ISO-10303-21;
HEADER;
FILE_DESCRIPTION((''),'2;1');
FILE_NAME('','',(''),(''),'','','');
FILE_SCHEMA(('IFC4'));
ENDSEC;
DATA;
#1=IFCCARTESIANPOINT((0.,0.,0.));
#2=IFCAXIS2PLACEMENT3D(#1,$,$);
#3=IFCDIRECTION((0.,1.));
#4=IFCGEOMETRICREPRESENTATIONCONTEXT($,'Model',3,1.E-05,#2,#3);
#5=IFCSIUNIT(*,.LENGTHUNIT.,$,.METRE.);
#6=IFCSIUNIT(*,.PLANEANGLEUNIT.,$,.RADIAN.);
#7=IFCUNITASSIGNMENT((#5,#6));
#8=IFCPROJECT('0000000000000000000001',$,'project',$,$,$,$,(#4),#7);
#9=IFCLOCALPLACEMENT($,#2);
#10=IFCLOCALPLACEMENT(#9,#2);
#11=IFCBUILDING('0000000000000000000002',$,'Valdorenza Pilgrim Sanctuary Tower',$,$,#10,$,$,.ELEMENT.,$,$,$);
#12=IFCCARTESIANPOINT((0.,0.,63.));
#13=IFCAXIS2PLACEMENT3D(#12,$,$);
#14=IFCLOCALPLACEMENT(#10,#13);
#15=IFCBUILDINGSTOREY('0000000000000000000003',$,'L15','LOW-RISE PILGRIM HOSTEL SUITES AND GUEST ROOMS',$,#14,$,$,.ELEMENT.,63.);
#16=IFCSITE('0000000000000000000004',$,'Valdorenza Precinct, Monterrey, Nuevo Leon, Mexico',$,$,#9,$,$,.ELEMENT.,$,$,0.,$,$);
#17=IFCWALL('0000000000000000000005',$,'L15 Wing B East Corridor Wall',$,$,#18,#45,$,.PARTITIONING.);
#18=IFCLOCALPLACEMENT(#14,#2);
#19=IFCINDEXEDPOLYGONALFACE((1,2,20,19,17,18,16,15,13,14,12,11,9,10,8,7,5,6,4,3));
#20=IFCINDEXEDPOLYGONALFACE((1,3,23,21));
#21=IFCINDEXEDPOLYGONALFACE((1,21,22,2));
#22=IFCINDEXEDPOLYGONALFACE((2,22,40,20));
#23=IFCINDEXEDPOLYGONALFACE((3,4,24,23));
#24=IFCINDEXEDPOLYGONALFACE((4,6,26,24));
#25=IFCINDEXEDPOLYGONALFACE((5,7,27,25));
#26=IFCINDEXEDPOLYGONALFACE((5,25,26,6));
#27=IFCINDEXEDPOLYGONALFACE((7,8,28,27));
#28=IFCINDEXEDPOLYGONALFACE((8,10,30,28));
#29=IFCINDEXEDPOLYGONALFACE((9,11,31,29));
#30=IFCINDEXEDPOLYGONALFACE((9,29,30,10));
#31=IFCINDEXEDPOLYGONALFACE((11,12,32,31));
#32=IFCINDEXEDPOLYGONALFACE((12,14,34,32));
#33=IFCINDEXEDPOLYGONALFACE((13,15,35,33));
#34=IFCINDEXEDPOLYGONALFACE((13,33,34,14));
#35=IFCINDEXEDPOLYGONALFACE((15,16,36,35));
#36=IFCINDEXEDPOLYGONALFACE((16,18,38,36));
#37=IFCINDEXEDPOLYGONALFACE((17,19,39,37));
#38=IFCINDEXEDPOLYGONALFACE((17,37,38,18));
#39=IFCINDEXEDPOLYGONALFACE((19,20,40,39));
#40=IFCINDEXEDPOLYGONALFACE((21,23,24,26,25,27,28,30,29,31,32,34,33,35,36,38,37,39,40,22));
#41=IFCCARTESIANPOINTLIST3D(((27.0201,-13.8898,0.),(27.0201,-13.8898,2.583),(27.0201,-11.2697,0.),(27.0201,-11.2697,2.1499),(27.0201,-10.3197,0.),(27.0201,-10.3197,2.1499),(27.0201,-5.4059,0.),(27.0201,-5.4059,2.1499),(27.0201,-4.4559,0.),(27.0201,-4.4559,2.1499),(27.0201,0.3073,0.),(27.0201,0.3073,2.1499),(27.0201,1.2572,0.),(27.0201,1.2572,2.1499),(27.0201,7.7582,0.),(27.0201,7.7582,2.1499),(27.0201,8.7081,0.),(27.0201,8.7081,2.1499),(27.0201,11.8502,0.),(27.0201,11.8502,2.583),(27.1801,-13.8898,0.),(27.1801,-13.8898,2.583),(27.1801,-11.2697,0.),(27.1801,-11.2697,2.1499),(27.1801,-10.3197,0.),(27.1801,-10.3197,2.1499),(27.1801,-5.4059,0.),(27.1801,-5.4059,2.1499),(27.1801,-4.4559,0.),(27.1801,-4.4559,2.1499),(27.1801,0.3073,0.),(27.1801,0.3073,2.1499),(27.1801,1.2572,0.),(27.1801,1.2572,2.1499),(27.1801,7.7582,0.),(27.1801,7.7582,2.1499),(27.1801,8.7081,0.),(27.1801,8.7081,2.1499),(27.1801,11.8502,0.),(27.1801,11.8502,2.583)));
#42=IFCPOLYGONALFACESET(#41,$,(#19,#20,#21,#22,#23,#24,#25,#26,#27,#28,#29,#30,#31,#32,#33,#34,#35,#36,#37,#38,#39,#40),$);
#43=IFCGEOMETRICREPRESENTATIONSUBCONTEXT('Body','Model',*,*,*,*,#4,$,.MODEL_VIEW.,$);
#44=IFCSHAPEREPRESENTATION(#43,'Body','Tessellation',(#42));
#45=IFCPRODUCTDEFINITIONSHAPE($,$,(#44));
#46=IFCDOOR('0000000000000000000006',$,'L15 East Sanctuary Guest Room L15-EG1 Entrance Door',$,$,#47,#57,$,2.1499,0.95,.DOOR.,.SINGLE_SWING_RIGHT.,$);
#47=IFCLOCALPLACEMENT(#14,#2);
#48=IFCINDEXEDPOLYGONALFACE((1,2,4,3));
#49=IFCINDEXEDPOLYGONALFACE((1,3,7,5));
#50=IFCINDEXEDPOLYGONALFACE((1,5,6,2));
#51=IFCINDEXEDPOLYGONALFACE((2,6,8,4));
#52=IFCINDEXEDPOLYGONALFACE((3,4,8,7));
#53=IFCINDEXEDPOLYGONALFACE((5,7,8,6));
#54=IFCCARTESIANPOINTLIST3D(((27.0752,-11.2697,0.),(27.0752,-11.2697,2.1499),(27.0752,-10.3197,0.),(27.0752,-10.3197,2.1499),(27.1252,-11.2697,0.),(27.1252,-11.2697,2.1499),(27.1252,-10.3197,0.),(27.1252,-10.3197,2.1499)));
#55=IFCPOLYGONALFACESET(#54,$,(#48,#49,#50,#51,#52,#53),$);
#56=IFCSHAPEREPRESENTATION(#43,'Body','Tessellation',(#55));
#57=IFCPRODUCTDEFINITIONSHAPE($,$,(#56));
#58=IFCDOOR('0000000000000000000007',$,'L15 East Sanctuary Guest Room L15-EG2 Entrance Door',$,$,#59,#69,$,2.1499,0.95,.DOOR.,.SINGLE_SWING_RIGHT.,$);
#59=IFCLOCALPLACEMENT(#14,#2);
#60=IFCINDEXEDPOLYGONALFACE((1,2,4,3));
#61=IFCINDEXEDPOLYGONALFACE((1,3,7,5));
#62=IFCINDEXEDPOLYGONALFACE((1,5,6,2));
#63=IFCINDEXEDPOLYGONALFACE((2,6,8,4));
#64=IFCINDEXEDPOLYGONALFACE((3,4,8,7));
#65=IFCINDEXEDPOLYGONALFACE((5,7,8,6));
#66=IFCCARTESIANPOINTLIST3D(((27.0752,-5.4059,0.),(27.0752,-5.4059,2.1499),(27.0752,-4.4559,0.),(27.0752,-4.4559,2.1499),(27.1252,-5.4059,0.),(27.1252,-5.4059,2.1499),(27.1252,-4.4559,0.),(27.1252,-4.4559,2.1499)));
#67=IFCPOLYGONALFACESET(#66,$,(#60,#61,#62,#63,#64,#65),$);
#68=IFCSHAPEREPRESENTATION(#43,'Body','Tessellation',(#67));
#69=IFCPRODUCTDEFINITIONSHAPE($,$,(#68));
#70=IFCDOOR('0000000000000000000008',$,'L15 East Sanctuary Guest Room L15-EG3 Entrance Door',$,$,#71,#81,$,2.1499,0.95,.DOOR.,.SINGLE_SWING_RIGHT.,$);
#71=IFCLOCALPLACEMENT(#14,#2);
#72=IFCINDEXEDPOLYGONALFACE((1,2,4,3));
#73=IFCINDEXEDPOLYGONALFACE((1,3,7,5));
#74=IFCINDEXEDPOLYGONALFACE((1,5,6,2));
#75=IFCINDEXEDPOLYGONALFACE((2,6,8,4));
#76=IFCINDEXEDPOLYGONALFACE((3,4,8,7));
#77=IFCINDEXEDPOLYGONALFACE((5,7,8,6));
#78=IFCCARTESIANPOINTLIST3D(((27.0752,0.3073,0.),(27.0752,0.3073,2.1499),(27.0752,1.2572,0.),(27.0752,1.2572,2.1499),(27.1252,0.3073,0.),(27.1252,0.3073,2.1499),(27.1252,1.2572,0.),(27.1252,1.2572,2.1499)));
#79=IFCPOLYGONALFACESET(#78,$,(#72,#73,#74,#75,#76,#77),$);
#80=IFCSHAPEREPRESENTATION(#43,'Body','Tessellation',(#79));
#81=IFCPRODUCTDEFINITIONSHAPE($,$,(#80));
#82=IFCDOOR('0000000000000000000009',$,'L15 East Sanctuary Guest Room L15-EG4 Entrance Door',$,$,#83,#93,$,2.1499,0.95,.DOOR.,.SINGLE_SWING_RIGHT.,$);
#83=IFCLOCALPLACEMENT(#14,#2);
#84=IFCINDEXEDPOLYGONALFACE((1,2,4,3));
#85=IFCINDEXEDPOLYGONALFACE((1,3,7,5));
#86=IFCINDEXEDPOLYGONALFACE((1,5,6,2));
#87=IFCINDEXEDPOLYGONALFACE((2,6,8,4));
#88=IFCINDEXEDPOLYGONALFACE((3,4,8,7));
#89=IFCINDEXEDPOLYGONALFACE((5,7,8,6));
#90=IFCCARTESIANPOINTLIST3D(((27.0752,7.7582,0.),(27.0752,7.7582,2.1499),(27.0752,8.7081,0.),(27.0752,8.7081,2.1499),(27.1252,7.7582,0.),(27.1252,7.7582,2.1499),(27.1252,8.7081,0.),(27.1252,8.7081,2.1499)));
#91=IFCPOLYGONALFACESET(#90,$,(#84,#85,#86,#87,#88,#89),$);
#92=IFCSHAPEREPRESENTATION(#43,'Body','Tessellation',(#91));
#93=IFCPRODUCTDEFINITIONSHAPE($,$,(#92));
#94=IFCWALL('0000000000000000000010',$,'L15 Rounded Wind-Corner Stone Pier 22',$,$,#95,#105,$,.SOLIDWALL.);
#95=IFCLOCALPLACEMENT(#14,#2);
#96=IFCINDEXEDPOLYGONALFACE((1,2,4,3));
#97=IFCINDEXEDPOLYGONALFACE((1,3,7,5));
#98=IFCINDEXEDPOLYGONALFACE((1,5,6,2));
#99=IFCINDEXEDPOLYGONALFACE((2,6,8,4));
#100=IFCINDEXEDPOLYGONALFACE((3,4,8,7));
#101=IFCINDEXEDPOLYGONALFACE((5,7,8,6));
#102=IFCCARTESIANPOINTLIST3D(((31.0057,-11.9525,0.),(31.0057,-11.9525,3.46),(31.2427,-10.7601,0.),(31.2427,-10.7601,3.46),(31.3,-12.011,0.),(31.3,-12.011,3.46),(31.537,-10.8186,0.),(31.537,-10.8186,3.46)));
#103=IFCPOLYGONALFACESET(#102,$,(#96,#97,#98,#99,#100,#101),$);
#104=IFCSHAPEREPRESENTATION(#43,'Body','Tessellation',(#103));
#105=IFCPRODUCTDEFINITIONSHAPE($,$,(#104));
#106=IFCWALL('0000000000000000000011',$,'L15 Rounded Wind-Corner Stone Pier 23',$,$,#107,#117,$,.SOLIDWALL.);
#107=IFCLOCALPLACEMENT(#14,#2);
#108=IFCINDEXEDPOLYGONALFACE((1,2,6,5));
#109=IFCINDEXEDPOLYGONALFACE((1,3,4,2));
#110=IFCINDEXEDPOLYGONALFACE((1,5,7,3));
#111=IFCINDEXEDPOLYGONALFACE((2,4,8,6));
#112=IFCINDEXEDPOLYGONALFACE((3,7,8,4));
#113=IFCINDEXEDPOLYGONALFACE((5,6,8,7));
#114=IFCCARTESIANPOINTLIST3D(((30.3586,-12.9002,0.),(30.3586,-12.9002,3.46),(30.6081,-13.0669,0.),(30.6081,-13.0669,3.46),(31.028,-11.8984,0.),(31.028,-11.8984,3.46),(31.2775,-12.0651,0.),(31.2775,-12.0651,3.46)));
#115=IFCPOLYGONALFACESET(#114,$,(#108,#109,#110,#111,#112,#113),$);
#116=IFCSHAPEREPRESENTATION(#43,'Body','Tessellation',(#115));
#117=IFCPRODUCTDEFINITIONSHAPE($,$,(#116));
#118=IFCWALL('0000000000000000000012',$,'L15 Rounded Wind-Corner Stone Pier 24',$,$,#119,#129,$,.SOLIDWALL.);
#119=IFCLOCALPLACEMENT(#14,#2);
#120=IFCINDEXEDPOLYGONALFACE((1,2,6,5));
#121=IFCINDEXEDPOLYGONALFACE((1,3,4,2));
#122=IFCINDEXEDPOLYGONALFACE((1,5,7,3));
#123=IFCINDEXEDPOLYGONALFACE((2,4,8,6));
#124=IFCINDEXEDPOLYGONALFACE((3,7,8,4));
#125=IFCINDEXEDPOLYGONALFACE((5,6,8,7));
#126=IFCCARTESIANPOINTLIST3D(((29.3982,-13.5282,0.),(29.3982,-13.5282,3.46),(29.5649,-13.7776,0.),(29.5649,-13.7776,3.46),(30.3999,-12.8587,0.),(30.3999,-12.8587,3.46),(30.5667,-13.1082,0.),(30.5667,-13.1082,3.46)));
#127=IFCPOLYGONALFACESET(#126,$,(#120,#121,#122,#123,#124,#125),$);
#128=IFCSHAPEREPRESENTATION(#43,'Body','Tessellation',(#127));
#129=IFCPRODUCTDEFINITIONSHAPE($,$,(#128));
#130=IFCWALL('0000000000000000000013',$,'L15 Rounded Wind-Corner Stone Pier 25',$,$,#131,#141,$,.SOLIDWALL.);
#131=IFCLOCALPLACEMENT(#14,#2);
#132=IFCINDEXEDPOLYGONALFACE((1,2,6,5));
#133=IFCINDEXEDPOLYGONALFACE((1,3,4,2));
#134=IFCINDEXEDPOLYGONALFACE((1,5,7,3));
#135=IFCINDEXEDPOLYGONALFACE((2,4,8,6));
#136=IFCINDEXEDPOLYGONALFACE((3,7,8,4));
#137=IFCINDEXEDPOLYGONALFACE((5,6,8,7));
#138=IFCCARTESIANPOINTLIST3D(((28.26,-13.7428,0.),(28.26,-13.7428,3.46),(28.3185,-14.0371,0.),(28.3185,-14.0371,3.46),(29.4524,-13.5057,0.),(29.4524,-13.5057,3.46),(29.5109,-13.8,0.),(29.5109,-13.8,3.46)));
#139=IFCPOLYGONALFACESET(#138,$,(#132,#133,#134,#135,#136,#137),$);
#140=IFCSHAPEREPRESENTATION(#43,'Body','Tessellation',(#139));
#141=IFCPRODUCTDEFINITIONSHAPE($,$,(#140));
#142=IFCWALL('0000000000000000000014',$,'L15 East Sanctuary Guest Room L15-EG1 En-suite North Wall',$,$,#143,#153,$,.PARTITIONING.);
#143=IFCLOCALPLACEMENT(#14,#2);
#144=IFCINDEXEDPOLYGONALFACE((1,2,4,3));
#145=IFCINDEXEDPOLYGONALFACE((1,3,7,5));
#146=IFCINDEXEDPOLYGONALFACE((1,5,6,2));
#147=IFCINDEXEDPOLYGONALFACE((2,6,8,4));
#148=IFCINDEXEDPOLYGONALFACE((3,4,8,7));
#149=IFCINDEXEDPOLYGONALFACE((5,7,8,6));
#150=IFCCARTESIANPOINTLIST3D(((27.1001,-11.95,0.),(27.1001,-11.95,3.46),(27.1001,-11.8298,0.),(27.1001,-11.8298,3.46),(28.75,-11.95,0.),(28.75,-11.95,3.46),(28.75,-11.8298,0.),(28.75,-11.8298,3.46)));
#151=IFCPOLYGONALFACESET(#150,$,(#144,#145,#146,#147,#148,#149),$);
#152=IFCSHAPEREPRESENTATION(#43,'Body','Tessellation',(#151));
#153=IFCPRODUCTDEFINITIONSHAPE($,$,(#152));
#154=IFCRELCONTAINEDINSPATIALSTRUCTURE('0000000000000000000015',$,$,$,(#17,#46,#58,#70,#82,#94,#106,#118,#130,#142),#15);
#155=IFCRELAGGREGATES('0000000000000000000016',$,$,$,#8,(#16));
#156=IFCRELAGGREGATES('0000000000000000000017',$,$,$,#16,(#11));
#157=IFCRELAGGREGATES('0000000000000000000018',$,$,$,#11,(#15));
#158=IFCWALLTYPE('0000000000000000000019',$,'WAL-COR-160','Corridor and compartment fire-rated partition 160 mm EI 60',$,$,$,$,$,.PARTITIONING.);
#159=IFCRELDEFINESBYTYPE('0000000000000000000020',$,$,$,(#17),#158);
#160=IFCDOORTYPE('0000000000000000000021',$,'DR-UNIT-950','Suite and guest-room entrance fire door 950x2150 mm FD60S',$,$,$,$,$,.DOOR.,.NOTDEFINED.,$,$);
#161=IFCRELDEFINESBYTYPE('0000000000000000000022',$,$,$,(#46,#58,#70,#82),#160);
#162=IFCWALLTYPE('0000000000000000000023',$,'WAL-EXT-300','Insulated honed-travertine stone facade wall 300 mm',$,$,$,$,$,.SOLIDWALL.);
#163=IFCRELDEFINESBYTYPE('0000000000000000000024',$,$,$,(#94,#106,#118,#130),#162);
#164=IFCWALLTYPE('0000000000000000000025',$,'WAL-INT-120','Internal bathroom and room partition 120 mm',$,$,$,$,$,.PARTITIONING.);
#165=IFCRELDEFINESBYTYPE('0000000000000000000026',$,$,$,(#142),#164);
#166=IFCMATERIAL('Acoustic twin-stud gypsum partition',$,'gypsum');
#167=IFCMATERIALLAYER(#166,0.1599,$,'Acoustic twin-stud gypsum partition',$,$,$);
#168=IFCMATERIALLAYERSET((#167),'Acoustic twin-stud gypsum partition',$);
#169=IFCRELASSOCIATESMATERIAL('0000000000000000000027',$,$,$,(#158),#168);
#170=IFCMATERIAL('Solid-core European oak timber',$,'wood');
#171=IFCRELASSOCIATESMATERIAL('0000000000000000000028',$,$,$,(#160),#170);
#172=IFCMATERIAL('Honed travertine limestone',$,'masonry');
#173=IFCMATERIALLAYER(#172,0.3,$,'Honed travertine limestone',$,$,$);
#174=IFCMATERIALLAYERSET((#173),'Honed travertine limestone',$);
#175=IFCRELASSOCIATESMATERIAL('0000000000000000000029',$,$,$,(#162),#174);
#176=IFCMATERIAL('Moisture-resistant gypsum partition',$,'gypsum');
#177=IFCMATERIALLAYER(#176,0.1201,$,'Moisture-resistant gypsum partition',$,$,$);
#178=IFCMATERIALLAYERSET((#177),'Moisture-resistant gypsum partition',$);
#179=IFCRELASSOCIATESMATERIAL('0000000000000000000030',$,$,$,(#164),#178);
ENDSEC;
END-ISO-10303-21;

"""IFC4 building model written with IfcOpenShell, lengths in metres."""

from ifc_helpers import new_model, si_unit, direction, frame, frame_2d, origin, place, context, subcontext, project, spatial, rectangle, extrude, material, layer, layer_set, type_object, element, fill, save


model = new_model("IFC4")

# Units and contexts
model_context = context("Model", 3, precision=1e-05, world=origin(), true_north=direction((0.0, 1.0)))
body_context = subcontext(model_context, "Body", "Model", "MODEL_VIEW")
ifc_project = project(units=[si_unit("LENGTHUNIT", "METRE"), si_unit("PLANEANGLEUNIT", "RADIAN")], contexts=[model_context])

# Site, building, storey
site_placement = place(None, origin())
site = spatial("IfcSite", under=ifc_project, at=site_placement, Name="Valdorenza Precinct, Monterrey, Nuevo Leon, Mexico", CompositionType="ELEMENT", RefElevation=0.0)
building_placement = place(site_placement, origin())
building = spatial("IfcBuilding", under=site, at=building_placement, Name="Valdorenza Pilgrim Sanctuary Tower", CompositionType="ELEMENT")
storey_placement = place(building_placement, frame((0.0, 0.0, 63.0)))
storey = spatial("IfcBuildingStorey", under=building, at=storey_placement, Name="L15", Description="LOW-RISE PILGRIM HOSTEL SUITES AND GUEST ROOMS", CompositionType="ELEMENT", Elevation=63.0)

# Shared definitions
ifc_material_1 = material(Name="Honed travertine limestone", Category="masonry")

# Shared definitions
ifc_material_2 = material(Name="Acoustic twin-stud gypsum partition", Category="gypsum")
ifc_layer_1 = layer(ifc_material_2, 0.1599, Name="Acoustic twin-stud gypsum partition")
ifc_layer_set_1 = layer_set([ifc_layer_1], Name="Acoustic twin-stud gypsum partition")
wall_type_1 = type_object("IfcWallType", Name="WAL-COR-160", Description="Corridor and compartment fire-rated partition 160 mm EI 60", PredefinedType="PARTITIONING", material=ifc_layer_set_1)
ifc_material_3 = material(Name="Solid-core European oak timber", Category="wood")
door_type_1 = type_object("IfcDoorType", Name="DR-UNIT-950", Description="Suite and guest-room entrance fire door 950x2150 mm FD60S", OperationType="NOTDEFINED", PredefinedType="DOOR", material=ifc_material_3)

# Wall, openings, doors
wall_1_placement = place(storey_placement, frame((27.1001, -13.8899, 0.0), z_axis=(0.0, 0.0, 1.0), x_axis=(0.0, 1.0, 0.0)))
wall_1 = element("IfcWall", 1, at=wall_1_placement, inside=storey, type_object=wall_type_1, Name="L15 Wing B East Corridor Wall", PredefinedType="PARTITIONING", context=body_context, shape_type="SweptSolid", body=[
    extrude(rectangle(XDim=25.74, YDim=0.1599, at=frame_2d((12.8701, 0.0))), origin(), (0.0, 0.0, 1.0), 2.583),
])
opening_1_placement = place(wall_1_placement, frame((2.6201, 0.0, 0.0)))
opening_1 = element("IfcOpeningElement", 2, at=opening_1_placement, cuts=wall_1, PredefinedType="OPENING", context=body_context, shape_type="SweptSolid", body=[
    extrude(rectangle(XDim=0.95, YDim=2.1499, at=frame_2d((0.4751, 1.075))), frame((0.0, 0.0947, 0.0), z_axis=(0.0, -1.0, 0.0), x_axis=(1.0, 0.0, 0.0)), (0.0, 0.0, 1.0), 0.1897),
])
opening_2_placement = place(wall_1_placement, frame((8.4839, 0.0, 0.0)))
opening_2 = element("IfcOpeningElement", 3, at=opening_2_placement, cuts=wall_1, PredefinedType="OPENING", context=body_context, shape_type="SweptSolid", body=[
    extrude(rectangle(XDim=0.95, YDim=2.1499, at=frame_2d((0.4751, 1.075))), frame((0.0, 0.0947, 0.0), z_axis=(0.0, -1.0, 0.0), x_axis=(1.0, 0.0, 0.0)), (0.0, 0.0, 1.0), 0.1897),
])
opening_3_placement = place(wall_1_placement, frame((14.197, 0.0, 0.0)))
opening_3 = element("IfcOpeningElement", 4, at=opening_3_placement, cuts=wall_1, PredefinedType="OPENING", context=body_context, shape_type="SweptSolid", body=[
    extrude(rectangle(XDim=0.95, YDim=2.1499, at=frame_2d((0.4751, 1.075))), frame((0.0, 0.0947, 0.0), z_axis=(0.0, -1.0, 0.0), x_axis=(1.0, 0.0, 0.0)), (0.0, 0.0, 1.0), 0.1897),
])
opening_4_placement = place(wall_1_placement, frame((21.6479, 0.0, 0.0)))
opening_4 = element("IfcOpeningElement", 5, at=opening_4_placement, cuts=wall_1, PredefinedType="OPENING", context=body_context, shape_type="SweptSolid", body=[
    extrude(rectangle(XDim=0.95, YDim=2.1499, at=frame_2d((0.4751, 1.075))), frame((0.0, 0.0947, 0.0), z_axis=(0.0, -1.0, 0.0), x_axis=(1.0, 0.0, 0.0)), (0.0, 0.0, 1.0), 0.1897),
])
door_1_placement = place(opening_1_placement, origin())
door_1 = element("IfcDoor", 6, at=door_1_placement, inside=storey, type_object=door_type_1, Name="L15 East Sanctuary Guest Room L15-EG1 Entrance Door", OperationType="SINGLE_SWING_RIGHT", OverallHeight=2.1499, OverallWidth=0.95, PredefinedType="DOOR", context=body_context, shape_type="SweptSolid", body=[
    extrude(rectangle(XDim=0.95, YDim=2.1499, at=frame_2d((0.4751, 1.075))), frame((0.0, 0.0249, 0.0), z_axis=(0.0, -1.0, 0.0), x_axis=(1.0, 0.0, 0.0)), (0.0, 0.0, 1.0), 0.05),
])
fill(opening_1, door_1)
door_2_placement = place(opening_2_placement, origin())
door_2 = element("IfcDoor", 7, at=door_2_placement, inside=storey, type_object=door_type_1, Name="L15 East Sanctuary Guest Room L15-EG2 Entrance Door", OperationType="SINGLE_SWING_RIGHT", OverallHeight=2.1499, OverallWidth=0.95, PredefinedType="DOOR", context=body_context, shape_type="SweptSolid", body=[
    extrude(rectangle(XDim=0.95, YDim=2.1499, at=frame_2d((0.4751, 1.075))), frame((0.0, 0.0249, 0.0), z_axis=(0.0, -1.0, 0.0), x_axis=(1.0, 0.0, 0.0)), (0.0, 0.0, 1.0), 0.05),
])
fill(opening_2, door_2)
door_3_placement = place(opening_3_placement, origin())
door_3 = element("IfcDoor", 8, at=door_3_placement, inside=storey, type_object=door_type_1, Name="L15 East Sanctuary Guest Room L15-EG3 Entrance Door", OperationType="SINGLE_SWING_RIGHT", OverallHeight=2.1499, OverallWidth=0.95, PredefinedType="DOOR", context=body_context, shape_type="SweptSolid", body=[
    extrude(rectangle(XDim=0.95, YDim=2.1499, at=frame_2d((0.4751, 1.075))), frame((0.0, 0.0249, 0.0), z_axis=(0.0, -1.0, 0.0), x_axis=(1.0, 0.0, 0.0)), (0.0, 0.0, 1.0), 0.05),
])
fill(opening_3, door_3)
door_4_placement = place(opening_4_placement, origin())
door_4 = element("IfcDoor", 9, at=door_4_placement, inside=storey, type_object=door_type_1, Name="L15 East Sanctuary Guest Room L15-EG4 Entrance Door", OperationType="SINGLE_SWING_RIGHT", OverallHeight=2.1499, OverallWidth=0.95, PredefinedType="DOOR", context=body_context, shape_type="SweptSolid", body=[
    extrude(rectangle(XDim=0.95, YDim=2.1499, at=frame_2d((0.4751, 1.075))), frame((0.0, 0.0249, 0.0), z_axis=(0.0, -1.0, 0.0), x_axis=(1.0, 0.0, 0.0)), (0.0, 0.0, 1.0), 0.05),
])
fill(opening_4, door_4)

# Walls
ifc_layer_2 = layer(ifc_material_1, 0.3, Name="Honed travertine limestone")
ifc_layer_set_2 = layer_set([ifc_layer_2], Name="Honed travertine limestone")
wall_type_2 = type_object("IfcWallType", Name="WAL-EXT-300", Description="Insulated honed-travertine stone facade wall 300 mm", PredefinedType="SOLIDWALL", material=ifc_layer_set_2)
wall_2_placement = place(storey_placement, frame((31.3899, -10.7893, 0.0), z_axis=(0.0, 0.0, 1.0), x_axis=(-0.194996, -0.980804, 0.0)))
element("IfcWall", 10, at=wall_2_placement, inside=storey, type_object=wall_type_2, Name="L15 Rounded Wind-Corner Stone Pier 22", PredefinedType="SOLIDWALL", context=body_context, shape_type="SweptSolid", body=[
    extrude(rectangle(XDim=1.2158, YDim=0.3, at=frame_2d((0.6079, 0.0))), origin(), (0.0, 0.0, 1.0), 3.46),
])
for number, where, z_axis, x_axis, name in (
    (11, (31.1528, -11.9817, 0.0), (0.0, 0.0, 1.0), (-0.555635, -0.831426, 0.0), "L15 Rounded Wind-Corner Stone Pier 23"),
    (12, (30.4834, -12.9834, 0.0), (0.0, 0.0, 1.0), (-0.831426, -0.555635, 0.0), "L15 Rounded Wind-Corner Stone Pier 24"),
):
    element("IfcWall", number, at=place(storey_placement, frame(where, z_axis=z_axis, x_axis=x_axis)), inside=storey, type_object=wall_type_2, Name=name, PredefinedType="SOLIDWALL", context=body_context, shape_type="SweptSolid", body=[
        extrude(rectangle(XDim=1.2048, YDim=0.3, at=frame_2d((0.6025, 0.0))), origin(), (0.0, 0.0, 1.0), 3.46),
    ])
wall_3_placement = place(storey_placement, frame((29.4817, -13.6528, 0.0), z_axis=(0.0, 0.0, 1.0), x_axis=(-0.980804, -0.194996, 0.0)))
element("IfcWall", 13, at=wall_3_placement, inside=storey, type_object=wall_type_2, Name="L15 Rounded Wind-Corner Stone Pier 25", PredefinedType="SOLIDWALL", context=body_context, shape_type="SweptSolid", body=[
    extrude(rectangle(XDim=1.2158, YDim=0.3, at=frame_2d((0.6079, 0.0))), origin(), (0.0, 0.0, 1.0), 3.46),
])
ifc_material_4 = material(Name="Moisture-resistant gypsum partition", Category="gypsum")
ifc_layer_3 = layer(ifc_material_4, 0.1201, Name="Moisture-resistant gypsum partition")
ifc_layer_set_3 = layer_set([ifc_layer_3], Name="Moisture-resistant gypsum partition")
wall_type_3 = type_object("IfcWallType", Name="WAL-INT-120", Description="Internal bathroom and room partition 120 mm", PredefinedType="PARTITIONING", material=ifc_layer_set_3)
wall_4_placement = place(storey_placement, frame((27.1001, -11.8899, 0.0), z_axis=(0.0, 0.0, 1.0), x_axis=(1.0, 0.0, 0.0)))
element("IfcWall", 14, at=wall_4_placement, inside=storey, type_object=wall_type_3, Name="L15 East Sanctuary Guest Room L15-EG1 En-suite North Wall", PredefinedType="PARTITIONING", context=body_context, shape_type="SweptSolid", body=[
    extrude(rectangle(XDim=1.6499, YDim=0.1201, at=frame_2d((0.825, 0.0))), origin(), (0.0, 0.0, 1.0), 3.46),
])

save(model, "model.ifc")
